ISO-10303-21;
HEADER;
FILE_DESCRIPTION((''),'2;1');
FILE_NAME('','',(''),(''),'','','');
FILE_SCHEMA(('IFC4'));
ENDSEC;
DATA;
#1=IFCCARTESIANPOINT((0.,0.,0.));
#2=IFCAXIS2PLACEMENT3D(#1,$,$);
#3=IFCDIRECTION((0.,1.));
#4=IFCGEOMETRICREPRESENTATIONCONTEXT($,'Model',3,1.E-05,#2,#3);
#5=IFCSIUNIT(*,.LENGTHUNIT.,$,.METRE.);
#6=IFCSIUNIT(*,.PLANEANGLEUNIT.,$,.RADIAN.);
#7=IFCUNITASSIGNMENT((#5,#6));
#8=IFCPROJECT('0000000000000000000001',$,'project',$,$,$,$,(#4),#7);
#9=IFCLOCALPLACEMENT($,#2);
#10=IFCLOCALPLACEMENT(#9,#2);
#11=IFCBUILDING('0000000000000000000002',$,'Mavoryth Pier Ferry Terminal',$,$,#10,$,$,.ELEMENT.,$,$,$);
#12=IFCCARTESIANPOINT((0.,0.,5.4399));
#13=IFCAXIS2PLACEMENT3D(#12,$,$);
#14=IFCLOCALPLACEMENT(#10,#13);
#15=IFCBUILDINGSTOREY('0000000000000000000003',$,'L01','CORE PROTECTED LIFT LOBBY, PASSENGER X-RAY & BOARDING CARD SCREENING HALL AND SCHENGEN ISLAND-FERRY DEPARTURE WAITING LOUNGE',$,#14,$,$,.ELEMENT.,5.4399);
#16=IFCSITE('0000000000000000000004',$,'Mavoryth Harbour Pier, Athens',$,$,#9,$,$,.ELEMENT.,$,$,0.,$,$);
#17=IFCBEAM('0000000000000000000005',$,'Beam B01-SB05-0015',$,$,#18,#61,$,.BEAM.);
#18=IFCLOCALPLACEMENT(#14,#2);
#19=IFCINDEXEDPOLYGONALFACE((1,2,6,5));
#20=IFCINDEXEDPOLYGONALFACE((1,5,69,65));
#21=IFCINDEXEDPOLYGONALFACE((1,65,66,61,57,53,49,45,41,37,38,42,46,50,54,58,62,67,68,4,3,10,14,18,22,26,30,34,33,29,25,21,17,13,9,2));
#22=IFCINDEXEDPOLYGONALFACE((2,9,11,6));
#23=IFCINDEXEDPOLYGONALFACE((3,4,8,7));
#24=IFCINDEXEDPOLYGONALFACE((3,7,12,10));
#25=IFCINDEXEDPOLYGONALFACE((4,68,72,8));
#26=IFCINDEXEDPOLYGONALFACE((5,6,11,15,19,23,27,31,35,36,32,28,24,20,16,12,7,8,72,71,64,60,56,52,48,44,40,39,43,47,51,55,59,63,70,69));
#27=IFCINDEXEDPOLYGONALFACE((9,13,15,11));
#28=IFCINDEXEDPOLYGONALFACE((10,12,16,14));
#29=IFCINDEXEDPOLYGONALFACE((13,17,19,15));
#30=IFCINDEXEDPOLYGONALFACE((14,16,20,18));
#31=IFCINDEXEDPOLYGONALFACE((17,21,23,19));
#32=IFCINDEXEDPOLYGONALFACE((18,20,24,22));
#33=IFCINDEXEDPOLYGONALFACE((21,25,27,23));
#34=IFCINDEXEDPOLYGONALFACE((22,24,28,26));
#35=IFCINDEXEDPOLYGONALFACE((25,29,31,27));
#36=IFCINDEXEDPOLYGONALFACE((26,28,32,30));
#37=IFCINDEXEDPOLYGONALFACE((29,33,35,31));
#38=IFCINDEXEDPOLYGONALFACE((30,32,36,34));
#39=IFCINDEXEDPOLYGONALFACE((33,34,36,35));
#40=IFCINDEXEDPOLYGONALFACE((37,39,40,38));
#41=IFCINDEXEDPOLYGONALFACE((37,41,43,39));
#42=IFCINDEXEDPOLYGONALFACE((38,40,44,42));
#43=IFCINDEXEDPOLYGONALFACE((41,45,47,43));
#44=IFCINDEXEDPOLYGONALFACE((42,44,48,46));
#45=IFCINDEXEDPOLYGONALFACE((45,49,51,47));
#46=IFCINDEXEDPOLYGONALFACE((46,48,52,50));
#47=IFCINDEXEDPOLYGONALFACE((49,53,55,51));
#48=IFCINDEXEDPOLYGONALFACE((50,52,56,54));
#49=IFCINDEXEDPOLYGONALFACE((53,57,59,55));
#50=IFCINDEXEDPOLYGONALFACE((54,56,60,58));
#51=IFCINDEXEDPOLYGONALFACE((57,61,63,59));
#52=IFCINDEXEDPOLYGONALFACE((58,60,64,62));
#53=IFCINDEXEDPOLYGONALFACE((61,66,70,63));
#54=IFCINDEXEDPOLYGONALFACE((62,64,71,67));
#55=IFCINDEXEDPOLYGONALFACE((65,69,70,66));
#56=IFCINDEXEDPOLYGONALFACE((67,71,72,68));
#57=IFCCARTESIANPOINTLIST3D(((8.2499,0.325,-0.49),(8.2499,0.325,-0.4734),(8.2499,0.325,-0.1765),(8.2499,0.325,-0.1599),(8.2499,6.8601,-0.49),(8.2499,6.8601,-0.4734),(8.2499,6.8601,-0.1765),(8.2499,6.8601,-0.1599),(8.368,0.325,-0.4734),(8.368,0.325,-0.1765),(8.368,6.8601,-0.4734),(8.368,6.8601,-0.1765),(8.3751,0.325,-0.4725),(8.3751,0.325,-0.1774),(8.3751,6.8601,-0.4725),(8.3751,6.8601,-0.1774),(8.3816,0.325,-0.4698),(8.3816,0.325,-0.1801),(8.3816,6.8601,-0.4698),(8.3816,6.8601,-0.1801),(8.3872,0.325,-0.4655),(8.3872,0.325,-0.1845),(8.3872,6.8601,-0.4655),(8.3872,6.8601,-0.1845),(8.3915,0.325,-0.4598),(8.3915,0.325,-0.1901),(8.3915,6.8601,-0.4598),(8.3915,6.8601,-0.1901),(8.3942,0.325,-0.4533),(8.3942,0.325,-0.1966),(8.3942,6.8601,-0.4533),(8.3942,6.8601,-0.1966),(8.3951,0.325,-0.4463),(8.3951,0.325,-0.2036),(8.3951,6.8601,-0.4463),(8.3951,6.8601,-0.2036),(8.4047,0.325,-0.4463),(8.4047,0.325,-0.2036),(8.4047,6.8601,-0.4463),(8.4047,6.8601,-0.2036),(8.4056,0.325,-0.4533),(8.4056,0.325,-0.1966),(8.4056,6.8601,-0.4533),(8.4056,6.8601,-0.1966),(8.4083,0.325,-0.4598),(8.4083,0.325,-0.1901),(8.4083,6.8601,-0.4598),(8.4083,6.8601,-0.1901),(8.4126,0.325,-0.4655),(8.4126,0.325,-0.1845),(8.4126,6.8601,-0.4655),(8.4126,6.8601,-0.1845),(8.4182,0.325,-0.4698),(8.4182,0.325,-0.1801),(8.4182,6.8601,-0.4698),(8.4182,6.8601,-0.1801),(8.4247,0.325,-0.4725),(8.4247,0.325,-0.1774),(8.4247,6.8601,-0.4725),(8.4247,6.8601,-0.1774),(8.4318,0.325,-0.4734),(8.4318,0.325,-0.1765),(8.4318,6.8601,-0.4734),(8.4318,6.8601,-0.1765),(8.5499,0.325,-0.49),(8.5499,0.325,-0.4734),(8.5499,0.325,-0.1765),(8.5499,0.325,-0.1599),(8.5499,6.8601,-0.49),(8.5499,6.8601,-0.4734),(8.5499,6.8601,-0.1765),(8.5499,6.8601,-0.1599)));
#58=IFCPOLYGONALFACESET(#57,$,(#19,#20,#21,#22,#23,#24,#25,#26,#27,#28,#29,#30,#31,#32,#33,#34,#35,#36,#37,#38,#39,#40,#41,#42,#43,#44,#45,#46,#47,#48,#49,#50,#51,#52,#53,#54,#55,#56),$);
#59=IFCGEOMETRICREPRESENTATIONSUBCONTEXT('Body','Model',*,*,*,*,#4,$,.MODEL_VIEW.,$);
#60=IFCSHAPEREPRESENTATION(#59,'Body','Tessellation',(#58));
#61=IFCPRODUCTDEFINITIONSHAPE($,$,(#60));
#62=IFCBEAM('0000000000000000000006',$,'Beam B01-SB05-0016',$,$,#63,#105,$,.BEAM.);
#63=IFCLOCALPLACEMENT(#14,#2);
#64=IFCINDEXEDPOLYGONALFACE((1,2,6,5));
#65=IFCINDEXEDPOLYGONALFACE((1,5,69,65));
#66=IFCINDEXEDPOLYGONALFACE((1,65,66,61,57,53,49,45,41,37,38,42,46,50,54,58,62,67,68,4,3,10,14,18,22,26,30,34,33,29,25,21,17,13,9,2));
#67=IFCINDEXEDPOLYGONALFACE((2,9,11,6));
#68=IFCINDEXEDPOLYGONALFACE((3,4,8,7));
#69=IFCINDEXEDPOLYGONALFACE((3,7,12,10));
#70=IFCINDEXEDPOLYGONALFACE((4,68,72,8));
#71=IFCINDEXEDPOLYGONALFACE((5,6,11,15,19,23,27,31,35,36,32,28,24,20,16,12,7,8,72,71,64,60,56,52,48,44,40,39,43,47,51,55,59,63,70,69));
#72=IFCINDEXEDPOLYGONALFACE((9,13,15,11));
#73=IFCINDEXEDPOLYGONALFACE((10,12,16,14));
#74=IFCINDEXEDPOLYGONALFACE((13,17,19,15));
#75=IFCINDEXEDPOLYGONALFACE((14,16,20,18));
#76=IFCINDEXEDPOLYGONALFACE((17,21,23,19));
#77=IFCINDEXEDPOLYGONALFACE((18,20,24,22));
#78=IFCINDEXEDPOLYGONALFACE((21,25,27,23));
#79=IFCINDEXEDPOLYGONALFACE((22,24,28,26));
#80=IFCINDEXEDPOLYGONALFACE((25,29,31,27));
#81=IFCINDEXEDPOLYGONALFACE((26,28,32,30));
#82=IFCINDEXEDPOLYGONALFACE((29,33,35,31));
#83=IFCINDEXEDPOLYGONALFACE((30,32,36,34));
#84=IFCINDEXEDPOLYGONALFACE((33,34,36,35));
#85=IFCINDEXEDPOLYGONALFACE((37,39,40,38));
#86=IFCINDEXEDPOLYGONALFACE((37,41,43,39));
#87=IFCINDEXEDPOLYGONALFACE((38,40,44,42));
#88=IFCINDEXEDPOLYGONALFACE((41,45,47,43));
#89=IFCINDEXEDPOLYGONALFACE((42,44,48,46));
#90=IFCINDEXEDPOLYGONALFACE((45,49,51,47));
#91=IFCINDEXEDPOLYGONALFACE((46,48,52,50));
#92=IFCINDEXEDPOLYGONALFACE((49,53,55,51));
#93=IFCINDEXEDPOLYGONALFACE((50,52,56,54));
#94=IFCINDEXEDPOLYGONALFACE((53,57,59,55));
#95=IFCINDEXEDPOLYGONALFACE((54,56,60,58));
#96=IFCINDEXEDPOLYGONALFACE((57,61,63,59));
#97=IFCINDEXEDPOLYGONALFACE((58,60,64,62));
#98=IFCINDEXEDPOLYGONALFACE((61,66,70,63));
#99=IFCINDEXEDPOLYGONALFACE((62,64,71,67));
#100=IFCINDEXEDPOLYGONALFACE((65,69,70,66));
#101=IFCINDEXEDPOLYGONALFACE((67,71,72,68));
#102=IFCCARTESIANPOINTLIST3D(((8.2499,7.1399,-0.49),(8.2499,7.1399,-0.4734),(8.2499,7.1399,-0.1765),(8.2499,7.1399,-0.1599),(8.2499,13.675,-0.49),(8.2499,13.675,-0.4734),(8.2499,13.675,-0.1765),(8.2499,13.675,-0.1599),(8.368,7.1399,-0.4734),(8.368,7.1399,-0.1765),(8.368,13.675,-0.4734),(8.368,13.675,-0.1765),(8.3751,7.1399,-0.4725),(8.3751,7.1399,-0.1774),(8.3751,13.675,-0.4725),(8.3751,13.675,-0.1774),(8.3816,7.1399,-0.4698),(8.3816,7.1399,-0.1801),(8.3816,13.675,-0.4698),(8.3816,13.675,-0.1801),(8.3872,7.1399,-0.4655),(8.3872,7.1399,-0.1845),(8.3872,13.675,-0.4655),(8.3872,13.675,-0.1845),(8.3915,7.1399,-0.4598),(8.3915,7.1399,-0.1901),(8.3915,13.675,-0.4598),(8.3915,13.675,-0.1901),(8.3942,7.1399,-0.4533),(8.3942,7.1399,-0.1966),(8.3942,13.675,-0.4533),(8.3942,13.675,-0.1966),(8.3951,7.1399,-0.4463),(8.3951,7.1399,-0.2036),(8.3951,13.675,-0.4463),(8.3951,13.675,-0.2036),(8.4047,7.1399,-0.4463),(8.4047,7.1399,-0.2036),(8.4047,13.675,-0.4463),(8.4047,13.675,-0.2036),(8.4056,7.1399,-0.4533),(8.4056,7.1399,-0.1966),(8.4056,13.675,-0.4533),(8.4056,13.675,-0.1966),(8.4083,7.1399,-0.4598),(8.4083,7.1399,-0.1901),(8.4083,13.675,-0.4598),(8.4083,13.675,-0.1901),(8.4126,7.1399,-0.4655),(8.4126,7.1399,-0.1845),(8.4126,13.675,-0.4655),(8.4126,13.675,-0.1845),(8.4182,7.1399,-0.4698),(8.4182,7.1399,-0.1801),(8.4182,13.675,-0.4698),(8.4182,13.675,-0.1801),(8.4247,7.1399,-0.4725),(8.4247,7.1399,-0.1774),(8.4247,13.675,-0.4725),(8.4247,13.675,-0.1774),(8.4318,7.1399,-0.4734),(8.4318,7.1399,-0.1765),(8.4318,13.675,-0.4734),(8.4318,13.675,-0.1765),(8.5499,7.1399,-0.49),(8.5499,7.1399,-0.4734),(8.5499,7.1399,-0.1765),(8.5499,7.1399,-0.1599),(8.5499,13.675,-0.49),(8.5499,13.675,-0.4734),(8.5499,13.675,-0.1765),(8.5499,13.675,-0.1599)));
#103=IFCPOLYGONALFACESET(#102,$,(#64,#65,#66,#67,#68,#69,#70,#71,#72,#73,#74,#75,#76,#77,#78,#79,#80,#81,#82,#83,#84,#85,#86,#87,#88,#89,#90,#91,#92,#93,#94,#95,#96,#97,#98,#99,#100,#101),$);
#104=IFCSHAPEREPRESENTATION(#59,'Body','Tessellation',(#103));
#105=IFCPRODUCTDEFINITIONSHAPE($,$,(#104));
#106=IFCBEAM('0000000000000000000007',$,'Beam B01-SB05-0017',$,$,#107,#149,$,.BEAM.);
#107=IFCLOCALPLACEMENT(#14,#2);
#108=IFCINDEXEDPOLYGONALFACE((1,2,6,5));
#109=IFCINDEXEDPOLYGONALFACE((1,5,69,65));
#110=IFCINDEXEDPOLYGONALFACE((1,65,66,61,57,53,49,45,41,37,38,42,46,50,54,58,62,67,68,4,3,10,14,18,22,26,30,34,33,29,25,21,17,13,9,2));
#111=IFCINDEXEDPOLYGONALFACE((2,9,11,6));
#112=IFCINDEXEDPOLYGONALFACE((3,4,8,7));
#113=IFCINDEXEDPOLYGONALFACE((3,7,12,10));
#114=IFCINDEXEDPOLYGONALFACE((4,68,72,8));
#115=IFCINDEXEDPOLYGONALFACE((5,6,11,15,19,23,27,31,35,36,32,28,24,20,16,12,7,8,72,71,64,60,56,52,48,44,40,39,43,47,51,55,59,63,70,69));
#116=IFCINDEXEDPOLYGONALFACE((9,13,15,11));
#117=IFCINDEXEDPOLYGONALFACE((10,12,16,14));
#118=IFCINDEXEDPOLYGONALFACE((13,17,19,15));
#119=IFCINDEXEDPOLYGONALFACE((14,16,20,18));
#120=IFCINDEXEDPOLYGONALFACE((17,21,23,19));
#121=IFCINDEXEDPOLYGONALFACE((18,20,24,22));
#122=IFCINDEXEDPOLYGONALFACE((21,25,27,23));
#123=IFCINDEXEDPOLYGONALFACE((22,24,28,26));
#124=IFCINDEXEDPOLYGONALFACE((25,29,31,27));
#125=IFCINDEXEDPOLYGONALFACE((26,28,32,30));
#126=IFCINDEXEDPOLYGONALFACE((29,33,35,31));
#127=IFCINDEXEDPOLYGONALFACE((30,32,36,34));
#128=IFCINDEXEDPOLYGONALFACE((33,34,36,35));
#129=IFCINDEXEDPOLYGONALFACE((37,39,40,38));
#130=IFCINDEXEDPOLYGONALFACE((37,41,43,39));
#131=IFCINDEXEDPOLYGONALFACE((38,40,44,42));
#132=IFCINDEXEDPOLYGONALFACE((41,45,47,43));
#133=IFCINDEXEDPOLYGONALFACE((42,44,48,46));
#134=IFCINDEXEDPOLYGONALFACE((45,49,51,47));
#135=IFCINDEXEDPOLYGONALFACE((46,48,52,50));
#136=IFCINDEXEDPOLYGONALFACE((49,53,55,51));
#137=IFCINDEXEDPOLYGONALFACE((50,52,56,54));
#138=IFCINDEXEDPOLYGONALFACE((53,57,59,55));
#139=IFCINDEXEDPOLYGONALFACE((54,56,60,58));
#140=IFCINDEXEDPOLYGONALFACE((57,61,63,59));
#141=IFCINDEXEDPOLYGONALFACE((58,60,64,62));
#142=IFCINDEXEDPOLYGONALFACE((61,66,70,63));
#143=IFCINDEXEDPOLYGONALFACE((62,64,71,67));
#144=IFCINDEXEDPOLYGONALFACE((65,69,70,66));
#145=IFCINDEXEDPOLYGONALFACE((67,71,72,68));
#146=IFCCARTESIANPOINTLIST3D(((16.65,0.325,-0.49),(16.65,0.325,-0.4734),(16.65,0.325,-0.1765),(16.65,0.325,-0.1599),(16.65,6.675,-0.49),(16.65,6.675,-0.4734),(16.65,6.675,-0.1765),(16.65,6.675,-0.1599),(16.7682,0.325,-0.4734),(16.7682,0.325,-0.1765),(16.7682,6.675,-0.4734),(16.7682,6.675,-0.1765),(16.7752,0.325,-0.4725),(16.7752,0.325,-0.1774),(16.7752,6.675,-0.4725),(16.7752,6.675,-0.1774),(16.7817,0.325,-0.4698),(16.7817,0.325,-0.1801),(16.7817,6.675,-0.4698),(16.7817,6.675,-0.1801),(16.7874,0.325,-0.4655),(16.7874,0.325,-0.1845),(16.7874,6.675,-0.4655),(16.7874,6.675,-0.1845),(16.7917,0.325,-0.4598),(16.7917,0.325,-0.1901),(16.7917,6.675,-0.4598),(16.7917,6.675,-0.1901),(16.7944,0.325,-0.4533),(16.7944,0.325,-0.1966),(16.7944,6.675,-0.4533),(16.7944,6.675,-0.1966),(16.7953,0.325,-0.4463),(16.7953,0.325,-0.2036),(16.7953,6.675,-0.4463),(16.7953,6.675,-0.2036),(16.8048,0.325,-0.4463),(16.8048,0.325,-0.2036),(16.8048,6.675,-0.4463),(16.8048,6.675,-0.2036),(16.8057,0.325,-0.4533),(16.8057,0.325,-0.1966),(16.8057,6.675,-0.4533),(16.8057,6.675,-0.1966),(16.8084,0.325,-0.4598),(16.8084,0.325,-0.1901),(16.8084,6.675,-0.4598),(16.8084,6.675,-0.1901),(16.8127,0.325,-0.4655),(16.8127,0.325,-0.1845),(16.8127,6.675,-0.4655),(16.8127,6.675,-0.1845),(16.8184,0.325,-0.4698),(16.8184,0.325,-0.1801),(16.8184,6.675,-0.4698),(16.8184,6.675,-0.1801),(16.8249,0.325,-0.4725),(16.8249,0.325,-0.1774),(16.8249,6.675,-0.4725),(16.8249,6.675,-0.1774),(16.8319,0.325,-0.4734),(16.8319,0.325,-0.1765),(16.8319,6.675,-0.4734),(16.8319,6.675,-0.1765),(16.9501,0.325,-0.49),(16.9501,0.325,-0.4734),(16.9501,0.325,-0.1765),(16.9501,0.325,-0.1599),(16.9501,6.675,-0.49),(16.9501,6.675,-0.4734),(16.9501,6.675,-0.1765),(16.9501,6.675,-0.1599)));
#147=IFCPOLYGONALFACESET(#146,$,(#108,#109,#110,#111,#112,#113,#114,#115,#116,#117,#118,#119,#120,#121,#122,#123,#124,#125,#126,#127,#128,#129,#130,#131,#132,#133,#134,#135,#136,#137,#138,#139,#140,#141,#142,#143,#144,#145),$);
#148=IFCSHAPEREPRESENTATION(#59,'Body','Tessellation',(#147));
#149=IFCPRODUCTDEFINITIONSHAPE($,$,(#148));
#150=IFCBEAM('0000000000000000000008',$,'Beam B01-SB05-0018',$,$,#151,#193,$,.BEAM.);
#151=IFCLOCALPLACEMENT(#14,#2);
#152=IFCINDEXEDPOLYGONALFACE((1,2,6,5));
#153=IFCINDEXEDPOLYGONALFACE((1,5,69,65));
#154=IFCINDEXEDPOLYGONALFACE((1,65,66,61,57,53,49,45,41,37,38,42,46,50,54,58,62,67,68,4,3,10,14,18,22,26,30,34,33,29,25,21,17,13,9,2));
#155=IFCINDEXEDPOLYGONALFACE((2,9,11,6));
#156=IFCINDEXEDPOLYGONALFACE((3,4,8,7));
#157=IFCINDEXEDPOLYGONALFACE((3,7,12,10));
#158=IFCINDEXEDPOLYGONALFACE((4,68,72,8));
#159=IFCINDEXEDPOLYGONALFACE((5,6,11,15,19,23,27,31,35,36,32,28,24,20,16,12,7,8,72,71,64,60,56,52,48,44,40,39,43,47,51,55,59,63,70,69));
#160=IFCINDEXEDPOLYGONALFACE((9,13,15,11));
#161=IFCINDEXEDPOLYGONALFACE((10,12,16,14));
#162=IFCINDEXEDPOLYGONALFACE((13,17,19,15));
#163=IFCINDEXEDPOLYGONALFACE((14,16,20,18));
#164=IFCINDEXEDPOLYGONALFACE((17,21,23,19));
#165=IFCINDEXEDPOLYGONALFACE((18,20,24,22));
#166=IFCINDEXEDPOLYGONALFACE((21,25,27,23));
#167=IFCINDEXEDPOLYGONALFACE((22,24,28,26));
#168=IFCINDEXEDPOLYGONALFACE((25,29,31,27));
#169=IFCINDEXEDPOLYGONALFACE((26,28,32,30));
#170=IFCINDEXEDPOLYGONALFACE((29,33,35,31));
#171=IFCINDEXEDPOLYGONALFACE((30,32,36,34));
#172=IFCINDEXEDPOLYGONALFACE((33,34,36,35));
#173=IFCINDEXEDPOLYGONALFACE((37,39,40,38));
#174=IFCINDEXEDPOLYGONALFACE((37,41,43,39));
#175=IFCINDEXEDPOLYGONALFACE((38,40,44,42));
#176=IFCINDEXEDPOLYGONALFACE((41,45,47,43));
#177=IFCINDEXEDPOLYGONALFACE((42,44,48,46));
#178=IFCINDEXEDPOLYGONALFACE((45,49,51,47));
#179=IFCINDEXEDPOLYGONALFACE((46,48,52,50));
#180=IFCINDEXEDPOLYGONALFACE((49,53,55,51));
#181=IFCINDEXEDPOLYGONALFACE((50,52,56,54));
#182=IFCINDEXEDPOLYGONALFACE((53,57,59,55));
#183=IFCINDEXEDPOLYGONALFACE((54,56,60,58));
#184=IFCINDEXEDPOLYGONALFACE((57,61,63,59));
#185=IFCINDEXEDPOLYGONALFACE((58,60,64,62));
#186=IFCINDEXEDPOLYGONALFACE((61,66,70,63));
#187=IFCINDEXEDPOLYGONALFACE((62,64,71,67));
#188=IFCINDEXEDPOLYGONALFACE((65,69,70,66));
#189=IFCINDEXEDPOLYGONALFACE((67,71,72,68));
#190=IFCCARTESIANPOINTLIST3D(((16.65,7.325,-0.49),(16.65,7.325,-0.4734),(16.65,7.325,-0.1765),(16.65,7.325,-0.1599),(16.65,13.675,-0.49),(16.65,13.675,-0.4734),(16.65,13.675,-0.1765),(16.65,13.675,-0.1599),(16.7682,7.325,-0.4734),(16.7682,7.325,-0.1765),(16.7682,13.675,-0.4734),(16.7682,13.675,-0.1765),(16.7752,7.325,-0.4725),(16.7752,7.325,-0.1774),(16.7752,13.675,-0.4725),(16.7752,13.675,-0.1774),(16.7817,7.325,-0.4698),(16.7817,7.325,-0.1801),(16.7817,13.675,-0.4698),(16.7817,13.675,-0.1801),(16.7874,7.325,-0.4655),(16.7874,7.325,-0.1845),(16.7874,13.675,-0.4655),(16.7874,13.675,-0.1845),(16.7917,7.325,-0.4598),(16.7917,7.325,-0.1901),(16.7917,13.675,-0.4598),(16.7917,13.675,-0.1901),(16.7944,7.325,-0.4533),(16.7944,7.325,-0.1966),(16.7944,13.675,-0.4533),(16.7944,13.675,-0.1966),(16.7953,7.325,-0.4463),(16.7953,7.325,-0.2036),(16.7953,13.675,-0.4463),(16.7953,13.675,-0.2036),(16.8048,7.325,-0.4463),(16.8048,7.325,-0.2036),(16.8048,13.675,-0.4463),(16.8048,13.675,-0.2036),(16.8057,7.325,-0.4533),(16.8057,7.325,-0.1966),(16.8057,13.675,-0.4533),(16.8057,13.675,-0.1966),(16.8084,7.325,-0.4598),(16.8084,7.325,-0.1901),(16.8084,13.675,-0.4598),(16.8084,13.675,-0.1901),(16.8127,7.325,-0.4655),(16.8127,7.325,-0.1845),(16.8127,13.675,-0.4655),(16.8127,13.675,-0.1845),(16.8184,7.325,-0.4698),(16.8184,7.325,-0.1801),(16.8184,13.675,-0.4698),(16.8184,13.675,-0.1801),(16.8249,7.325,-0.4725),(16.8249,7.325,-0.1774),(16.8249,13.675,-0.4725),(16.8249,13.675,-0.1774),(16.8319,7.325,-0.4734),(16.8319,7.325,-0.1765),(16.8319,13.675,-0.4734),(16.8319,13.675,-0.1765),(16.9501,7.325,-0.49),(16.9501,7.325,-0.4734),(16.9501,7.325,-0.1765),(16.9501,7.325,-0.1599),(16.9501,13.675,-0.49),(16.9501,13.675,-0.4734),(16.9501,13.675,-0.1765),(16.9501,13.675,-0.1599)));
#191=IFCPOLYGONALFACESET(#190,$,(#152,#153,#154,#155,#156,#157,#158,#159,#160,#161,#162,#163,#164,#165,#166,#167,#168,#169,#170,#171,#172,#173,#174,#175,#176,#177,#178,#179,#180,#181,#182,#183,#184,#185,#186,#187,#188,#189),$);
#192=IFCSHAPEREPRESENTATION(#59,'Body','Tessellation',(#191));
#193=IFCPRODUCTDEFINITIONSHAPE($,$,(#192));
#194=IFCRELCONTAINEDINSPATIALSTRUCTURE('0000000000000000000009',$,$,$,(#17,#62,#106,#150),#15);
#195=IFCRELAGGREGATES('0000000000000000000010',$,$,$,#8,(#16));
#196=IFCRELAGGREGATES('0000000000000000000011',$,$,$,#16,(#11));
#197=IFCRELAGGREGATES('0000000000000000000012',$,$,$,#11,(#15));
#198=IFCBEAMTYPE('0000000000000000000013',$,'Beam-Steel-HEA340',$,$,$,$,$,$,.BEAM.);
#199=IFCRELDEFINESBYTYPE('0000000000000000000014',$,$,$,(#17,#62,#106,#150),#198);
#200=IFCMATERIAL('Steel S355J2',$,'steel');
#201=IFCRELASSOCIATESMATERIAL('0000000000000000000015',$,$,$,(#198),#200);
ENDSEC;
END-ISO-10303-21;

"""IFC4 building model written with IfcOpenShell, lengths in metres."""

from ifc_helpers import new_model, si_unit, direction, frame, origin, origin_2d, place, context, subcontext, project, spatial, i_section, extrude, material, material_profile, profile_set, type_object, element, save


model = new_model("IFC4")

# Units and contexts
model_context = context("Model", 3, precision=1e-05, world=origin(), true_north=direction((0.0, 1.0)))
body_context = subcontext(model_context, "Body", "Model", "MODEL_VIEW")
ifc_project = project(units=[si_unit("LENGTHUNIT", "METRE"), si_unit("PLANEANGLEUNIT", "RADIAN")], contexts=[model_context])

# Site, building, storey
site_placement = place(None, origin())
site = spatial("IfcSite", under=ifc_project, at=site_placement, Name="Mavoryth Harbour Pier, Athens", CompositionType="ELEMENT", RefElevation=0.0)
building_placement = place(site_placement, origin())
building = spatial("IfcBuilding", under=site, at=building_placement, Name="Mavoryth Pier Ferry Terminal", CompositionType="ELEMENT")
storey_placement = place(building_placement, frame((0.0, 0.0, 5.4399)))
storey = spatial("IfcBuildingStorey", under=building, at=storey_placement, Name="L01", Description="CORE PROTECTED LIFT LOBBY, PASSENGER X-RAY & BOARDING CARD SCREENING HALL AND SCHENGEN ISLAND-FERRY DEPARTURE WAITING LOUNGE", CompositionType="ELEMENT", Elevation=5.4399)

# Beams
ifc_material_1 = material(Name="Steel S355J2", Category="steel")
ifc_material_profile_1 = material_profile(ifc_material_1, i_section(OverallWidth=0.3, OverallDepth=0.3301, WebThickness=0.0095, FlangeThickness=0.0166, FilletRadius=0.0271, at=origin_2d()), Name="HEA 340", Category="steel")
ifc_profile_set_1 = profile_set([ifc_material_profile_1], Name="Steel S355J2 - HEA 340")
beam_type_1 = type_object("IfcBeamType", Name="Beam-Steel-HEA340", PredefinedType="BEAM", material=ifc_profile_set_1)
for number, where, z_axis, x_axis, name in (
    (1, (8.3999, 0.325, -0.325), (0.0, 1.0, 0.0), (-1.0, 0.0, 0.0), "Beam B01-SB05-0015"),
    (2, (8.3999, 7.1399, -0.325), (0.0, 1.0, 0.0), (-1.0, 0.0, 0.0), "Beam B01-SB05-0016"),
):
    element("IfcBeam", number, at=place(storey_placement, frame(where, z_axis=z_axis, x_axis=x_axis)), inside=storey, type_object=beam_type_1, Name=name, PredefinedType="BEAM", context=body_context, shape_type="SweptSolid", body=[
        extrude(i_section(OverallWidth=0.3, OverallDepth=0.3301, WebThickness=0.0095, FlangeThickness=0.0166, FilletRadius=0.0271, at=origin_2d()), origin(), (0.0, 0.0, 1.0), 6.5352),
    ])
for number, where, z_axis, x_axis, name in (
    (3, (16.8, 0.325, -0.325), (0.0, 1.0, 0.0), (-1.0, 0.0, 0.0), "Beam B01-SB05-0017"),
    (4, (16.8, 7.325, -0.325), (0.0, 1.0, 0.0), (-1.0, 0.0, 0.0), "Beam B01-SB05-0018"),
):
    element("IfcBeam", number, at=place(storey_placement, frame(where, z_axis=z_axis, x_axis=x_axis)), inside=storey, type_object=beam_type_1, Name=name, PredefinedType="BEAM", context=body_context, shape_type="SweptSolid", body=[
        extrude(i_section(OverallWidth=0.3, OverallDepth=0.3301, WebThickness=0.0095, FlangeThickness=0.0166, FilletRadius=0.0271, at=origin_2d()), origin(), (0.0, 0.0, 1.0), 6.3501),
    ])

save(model, "model.ifc")
